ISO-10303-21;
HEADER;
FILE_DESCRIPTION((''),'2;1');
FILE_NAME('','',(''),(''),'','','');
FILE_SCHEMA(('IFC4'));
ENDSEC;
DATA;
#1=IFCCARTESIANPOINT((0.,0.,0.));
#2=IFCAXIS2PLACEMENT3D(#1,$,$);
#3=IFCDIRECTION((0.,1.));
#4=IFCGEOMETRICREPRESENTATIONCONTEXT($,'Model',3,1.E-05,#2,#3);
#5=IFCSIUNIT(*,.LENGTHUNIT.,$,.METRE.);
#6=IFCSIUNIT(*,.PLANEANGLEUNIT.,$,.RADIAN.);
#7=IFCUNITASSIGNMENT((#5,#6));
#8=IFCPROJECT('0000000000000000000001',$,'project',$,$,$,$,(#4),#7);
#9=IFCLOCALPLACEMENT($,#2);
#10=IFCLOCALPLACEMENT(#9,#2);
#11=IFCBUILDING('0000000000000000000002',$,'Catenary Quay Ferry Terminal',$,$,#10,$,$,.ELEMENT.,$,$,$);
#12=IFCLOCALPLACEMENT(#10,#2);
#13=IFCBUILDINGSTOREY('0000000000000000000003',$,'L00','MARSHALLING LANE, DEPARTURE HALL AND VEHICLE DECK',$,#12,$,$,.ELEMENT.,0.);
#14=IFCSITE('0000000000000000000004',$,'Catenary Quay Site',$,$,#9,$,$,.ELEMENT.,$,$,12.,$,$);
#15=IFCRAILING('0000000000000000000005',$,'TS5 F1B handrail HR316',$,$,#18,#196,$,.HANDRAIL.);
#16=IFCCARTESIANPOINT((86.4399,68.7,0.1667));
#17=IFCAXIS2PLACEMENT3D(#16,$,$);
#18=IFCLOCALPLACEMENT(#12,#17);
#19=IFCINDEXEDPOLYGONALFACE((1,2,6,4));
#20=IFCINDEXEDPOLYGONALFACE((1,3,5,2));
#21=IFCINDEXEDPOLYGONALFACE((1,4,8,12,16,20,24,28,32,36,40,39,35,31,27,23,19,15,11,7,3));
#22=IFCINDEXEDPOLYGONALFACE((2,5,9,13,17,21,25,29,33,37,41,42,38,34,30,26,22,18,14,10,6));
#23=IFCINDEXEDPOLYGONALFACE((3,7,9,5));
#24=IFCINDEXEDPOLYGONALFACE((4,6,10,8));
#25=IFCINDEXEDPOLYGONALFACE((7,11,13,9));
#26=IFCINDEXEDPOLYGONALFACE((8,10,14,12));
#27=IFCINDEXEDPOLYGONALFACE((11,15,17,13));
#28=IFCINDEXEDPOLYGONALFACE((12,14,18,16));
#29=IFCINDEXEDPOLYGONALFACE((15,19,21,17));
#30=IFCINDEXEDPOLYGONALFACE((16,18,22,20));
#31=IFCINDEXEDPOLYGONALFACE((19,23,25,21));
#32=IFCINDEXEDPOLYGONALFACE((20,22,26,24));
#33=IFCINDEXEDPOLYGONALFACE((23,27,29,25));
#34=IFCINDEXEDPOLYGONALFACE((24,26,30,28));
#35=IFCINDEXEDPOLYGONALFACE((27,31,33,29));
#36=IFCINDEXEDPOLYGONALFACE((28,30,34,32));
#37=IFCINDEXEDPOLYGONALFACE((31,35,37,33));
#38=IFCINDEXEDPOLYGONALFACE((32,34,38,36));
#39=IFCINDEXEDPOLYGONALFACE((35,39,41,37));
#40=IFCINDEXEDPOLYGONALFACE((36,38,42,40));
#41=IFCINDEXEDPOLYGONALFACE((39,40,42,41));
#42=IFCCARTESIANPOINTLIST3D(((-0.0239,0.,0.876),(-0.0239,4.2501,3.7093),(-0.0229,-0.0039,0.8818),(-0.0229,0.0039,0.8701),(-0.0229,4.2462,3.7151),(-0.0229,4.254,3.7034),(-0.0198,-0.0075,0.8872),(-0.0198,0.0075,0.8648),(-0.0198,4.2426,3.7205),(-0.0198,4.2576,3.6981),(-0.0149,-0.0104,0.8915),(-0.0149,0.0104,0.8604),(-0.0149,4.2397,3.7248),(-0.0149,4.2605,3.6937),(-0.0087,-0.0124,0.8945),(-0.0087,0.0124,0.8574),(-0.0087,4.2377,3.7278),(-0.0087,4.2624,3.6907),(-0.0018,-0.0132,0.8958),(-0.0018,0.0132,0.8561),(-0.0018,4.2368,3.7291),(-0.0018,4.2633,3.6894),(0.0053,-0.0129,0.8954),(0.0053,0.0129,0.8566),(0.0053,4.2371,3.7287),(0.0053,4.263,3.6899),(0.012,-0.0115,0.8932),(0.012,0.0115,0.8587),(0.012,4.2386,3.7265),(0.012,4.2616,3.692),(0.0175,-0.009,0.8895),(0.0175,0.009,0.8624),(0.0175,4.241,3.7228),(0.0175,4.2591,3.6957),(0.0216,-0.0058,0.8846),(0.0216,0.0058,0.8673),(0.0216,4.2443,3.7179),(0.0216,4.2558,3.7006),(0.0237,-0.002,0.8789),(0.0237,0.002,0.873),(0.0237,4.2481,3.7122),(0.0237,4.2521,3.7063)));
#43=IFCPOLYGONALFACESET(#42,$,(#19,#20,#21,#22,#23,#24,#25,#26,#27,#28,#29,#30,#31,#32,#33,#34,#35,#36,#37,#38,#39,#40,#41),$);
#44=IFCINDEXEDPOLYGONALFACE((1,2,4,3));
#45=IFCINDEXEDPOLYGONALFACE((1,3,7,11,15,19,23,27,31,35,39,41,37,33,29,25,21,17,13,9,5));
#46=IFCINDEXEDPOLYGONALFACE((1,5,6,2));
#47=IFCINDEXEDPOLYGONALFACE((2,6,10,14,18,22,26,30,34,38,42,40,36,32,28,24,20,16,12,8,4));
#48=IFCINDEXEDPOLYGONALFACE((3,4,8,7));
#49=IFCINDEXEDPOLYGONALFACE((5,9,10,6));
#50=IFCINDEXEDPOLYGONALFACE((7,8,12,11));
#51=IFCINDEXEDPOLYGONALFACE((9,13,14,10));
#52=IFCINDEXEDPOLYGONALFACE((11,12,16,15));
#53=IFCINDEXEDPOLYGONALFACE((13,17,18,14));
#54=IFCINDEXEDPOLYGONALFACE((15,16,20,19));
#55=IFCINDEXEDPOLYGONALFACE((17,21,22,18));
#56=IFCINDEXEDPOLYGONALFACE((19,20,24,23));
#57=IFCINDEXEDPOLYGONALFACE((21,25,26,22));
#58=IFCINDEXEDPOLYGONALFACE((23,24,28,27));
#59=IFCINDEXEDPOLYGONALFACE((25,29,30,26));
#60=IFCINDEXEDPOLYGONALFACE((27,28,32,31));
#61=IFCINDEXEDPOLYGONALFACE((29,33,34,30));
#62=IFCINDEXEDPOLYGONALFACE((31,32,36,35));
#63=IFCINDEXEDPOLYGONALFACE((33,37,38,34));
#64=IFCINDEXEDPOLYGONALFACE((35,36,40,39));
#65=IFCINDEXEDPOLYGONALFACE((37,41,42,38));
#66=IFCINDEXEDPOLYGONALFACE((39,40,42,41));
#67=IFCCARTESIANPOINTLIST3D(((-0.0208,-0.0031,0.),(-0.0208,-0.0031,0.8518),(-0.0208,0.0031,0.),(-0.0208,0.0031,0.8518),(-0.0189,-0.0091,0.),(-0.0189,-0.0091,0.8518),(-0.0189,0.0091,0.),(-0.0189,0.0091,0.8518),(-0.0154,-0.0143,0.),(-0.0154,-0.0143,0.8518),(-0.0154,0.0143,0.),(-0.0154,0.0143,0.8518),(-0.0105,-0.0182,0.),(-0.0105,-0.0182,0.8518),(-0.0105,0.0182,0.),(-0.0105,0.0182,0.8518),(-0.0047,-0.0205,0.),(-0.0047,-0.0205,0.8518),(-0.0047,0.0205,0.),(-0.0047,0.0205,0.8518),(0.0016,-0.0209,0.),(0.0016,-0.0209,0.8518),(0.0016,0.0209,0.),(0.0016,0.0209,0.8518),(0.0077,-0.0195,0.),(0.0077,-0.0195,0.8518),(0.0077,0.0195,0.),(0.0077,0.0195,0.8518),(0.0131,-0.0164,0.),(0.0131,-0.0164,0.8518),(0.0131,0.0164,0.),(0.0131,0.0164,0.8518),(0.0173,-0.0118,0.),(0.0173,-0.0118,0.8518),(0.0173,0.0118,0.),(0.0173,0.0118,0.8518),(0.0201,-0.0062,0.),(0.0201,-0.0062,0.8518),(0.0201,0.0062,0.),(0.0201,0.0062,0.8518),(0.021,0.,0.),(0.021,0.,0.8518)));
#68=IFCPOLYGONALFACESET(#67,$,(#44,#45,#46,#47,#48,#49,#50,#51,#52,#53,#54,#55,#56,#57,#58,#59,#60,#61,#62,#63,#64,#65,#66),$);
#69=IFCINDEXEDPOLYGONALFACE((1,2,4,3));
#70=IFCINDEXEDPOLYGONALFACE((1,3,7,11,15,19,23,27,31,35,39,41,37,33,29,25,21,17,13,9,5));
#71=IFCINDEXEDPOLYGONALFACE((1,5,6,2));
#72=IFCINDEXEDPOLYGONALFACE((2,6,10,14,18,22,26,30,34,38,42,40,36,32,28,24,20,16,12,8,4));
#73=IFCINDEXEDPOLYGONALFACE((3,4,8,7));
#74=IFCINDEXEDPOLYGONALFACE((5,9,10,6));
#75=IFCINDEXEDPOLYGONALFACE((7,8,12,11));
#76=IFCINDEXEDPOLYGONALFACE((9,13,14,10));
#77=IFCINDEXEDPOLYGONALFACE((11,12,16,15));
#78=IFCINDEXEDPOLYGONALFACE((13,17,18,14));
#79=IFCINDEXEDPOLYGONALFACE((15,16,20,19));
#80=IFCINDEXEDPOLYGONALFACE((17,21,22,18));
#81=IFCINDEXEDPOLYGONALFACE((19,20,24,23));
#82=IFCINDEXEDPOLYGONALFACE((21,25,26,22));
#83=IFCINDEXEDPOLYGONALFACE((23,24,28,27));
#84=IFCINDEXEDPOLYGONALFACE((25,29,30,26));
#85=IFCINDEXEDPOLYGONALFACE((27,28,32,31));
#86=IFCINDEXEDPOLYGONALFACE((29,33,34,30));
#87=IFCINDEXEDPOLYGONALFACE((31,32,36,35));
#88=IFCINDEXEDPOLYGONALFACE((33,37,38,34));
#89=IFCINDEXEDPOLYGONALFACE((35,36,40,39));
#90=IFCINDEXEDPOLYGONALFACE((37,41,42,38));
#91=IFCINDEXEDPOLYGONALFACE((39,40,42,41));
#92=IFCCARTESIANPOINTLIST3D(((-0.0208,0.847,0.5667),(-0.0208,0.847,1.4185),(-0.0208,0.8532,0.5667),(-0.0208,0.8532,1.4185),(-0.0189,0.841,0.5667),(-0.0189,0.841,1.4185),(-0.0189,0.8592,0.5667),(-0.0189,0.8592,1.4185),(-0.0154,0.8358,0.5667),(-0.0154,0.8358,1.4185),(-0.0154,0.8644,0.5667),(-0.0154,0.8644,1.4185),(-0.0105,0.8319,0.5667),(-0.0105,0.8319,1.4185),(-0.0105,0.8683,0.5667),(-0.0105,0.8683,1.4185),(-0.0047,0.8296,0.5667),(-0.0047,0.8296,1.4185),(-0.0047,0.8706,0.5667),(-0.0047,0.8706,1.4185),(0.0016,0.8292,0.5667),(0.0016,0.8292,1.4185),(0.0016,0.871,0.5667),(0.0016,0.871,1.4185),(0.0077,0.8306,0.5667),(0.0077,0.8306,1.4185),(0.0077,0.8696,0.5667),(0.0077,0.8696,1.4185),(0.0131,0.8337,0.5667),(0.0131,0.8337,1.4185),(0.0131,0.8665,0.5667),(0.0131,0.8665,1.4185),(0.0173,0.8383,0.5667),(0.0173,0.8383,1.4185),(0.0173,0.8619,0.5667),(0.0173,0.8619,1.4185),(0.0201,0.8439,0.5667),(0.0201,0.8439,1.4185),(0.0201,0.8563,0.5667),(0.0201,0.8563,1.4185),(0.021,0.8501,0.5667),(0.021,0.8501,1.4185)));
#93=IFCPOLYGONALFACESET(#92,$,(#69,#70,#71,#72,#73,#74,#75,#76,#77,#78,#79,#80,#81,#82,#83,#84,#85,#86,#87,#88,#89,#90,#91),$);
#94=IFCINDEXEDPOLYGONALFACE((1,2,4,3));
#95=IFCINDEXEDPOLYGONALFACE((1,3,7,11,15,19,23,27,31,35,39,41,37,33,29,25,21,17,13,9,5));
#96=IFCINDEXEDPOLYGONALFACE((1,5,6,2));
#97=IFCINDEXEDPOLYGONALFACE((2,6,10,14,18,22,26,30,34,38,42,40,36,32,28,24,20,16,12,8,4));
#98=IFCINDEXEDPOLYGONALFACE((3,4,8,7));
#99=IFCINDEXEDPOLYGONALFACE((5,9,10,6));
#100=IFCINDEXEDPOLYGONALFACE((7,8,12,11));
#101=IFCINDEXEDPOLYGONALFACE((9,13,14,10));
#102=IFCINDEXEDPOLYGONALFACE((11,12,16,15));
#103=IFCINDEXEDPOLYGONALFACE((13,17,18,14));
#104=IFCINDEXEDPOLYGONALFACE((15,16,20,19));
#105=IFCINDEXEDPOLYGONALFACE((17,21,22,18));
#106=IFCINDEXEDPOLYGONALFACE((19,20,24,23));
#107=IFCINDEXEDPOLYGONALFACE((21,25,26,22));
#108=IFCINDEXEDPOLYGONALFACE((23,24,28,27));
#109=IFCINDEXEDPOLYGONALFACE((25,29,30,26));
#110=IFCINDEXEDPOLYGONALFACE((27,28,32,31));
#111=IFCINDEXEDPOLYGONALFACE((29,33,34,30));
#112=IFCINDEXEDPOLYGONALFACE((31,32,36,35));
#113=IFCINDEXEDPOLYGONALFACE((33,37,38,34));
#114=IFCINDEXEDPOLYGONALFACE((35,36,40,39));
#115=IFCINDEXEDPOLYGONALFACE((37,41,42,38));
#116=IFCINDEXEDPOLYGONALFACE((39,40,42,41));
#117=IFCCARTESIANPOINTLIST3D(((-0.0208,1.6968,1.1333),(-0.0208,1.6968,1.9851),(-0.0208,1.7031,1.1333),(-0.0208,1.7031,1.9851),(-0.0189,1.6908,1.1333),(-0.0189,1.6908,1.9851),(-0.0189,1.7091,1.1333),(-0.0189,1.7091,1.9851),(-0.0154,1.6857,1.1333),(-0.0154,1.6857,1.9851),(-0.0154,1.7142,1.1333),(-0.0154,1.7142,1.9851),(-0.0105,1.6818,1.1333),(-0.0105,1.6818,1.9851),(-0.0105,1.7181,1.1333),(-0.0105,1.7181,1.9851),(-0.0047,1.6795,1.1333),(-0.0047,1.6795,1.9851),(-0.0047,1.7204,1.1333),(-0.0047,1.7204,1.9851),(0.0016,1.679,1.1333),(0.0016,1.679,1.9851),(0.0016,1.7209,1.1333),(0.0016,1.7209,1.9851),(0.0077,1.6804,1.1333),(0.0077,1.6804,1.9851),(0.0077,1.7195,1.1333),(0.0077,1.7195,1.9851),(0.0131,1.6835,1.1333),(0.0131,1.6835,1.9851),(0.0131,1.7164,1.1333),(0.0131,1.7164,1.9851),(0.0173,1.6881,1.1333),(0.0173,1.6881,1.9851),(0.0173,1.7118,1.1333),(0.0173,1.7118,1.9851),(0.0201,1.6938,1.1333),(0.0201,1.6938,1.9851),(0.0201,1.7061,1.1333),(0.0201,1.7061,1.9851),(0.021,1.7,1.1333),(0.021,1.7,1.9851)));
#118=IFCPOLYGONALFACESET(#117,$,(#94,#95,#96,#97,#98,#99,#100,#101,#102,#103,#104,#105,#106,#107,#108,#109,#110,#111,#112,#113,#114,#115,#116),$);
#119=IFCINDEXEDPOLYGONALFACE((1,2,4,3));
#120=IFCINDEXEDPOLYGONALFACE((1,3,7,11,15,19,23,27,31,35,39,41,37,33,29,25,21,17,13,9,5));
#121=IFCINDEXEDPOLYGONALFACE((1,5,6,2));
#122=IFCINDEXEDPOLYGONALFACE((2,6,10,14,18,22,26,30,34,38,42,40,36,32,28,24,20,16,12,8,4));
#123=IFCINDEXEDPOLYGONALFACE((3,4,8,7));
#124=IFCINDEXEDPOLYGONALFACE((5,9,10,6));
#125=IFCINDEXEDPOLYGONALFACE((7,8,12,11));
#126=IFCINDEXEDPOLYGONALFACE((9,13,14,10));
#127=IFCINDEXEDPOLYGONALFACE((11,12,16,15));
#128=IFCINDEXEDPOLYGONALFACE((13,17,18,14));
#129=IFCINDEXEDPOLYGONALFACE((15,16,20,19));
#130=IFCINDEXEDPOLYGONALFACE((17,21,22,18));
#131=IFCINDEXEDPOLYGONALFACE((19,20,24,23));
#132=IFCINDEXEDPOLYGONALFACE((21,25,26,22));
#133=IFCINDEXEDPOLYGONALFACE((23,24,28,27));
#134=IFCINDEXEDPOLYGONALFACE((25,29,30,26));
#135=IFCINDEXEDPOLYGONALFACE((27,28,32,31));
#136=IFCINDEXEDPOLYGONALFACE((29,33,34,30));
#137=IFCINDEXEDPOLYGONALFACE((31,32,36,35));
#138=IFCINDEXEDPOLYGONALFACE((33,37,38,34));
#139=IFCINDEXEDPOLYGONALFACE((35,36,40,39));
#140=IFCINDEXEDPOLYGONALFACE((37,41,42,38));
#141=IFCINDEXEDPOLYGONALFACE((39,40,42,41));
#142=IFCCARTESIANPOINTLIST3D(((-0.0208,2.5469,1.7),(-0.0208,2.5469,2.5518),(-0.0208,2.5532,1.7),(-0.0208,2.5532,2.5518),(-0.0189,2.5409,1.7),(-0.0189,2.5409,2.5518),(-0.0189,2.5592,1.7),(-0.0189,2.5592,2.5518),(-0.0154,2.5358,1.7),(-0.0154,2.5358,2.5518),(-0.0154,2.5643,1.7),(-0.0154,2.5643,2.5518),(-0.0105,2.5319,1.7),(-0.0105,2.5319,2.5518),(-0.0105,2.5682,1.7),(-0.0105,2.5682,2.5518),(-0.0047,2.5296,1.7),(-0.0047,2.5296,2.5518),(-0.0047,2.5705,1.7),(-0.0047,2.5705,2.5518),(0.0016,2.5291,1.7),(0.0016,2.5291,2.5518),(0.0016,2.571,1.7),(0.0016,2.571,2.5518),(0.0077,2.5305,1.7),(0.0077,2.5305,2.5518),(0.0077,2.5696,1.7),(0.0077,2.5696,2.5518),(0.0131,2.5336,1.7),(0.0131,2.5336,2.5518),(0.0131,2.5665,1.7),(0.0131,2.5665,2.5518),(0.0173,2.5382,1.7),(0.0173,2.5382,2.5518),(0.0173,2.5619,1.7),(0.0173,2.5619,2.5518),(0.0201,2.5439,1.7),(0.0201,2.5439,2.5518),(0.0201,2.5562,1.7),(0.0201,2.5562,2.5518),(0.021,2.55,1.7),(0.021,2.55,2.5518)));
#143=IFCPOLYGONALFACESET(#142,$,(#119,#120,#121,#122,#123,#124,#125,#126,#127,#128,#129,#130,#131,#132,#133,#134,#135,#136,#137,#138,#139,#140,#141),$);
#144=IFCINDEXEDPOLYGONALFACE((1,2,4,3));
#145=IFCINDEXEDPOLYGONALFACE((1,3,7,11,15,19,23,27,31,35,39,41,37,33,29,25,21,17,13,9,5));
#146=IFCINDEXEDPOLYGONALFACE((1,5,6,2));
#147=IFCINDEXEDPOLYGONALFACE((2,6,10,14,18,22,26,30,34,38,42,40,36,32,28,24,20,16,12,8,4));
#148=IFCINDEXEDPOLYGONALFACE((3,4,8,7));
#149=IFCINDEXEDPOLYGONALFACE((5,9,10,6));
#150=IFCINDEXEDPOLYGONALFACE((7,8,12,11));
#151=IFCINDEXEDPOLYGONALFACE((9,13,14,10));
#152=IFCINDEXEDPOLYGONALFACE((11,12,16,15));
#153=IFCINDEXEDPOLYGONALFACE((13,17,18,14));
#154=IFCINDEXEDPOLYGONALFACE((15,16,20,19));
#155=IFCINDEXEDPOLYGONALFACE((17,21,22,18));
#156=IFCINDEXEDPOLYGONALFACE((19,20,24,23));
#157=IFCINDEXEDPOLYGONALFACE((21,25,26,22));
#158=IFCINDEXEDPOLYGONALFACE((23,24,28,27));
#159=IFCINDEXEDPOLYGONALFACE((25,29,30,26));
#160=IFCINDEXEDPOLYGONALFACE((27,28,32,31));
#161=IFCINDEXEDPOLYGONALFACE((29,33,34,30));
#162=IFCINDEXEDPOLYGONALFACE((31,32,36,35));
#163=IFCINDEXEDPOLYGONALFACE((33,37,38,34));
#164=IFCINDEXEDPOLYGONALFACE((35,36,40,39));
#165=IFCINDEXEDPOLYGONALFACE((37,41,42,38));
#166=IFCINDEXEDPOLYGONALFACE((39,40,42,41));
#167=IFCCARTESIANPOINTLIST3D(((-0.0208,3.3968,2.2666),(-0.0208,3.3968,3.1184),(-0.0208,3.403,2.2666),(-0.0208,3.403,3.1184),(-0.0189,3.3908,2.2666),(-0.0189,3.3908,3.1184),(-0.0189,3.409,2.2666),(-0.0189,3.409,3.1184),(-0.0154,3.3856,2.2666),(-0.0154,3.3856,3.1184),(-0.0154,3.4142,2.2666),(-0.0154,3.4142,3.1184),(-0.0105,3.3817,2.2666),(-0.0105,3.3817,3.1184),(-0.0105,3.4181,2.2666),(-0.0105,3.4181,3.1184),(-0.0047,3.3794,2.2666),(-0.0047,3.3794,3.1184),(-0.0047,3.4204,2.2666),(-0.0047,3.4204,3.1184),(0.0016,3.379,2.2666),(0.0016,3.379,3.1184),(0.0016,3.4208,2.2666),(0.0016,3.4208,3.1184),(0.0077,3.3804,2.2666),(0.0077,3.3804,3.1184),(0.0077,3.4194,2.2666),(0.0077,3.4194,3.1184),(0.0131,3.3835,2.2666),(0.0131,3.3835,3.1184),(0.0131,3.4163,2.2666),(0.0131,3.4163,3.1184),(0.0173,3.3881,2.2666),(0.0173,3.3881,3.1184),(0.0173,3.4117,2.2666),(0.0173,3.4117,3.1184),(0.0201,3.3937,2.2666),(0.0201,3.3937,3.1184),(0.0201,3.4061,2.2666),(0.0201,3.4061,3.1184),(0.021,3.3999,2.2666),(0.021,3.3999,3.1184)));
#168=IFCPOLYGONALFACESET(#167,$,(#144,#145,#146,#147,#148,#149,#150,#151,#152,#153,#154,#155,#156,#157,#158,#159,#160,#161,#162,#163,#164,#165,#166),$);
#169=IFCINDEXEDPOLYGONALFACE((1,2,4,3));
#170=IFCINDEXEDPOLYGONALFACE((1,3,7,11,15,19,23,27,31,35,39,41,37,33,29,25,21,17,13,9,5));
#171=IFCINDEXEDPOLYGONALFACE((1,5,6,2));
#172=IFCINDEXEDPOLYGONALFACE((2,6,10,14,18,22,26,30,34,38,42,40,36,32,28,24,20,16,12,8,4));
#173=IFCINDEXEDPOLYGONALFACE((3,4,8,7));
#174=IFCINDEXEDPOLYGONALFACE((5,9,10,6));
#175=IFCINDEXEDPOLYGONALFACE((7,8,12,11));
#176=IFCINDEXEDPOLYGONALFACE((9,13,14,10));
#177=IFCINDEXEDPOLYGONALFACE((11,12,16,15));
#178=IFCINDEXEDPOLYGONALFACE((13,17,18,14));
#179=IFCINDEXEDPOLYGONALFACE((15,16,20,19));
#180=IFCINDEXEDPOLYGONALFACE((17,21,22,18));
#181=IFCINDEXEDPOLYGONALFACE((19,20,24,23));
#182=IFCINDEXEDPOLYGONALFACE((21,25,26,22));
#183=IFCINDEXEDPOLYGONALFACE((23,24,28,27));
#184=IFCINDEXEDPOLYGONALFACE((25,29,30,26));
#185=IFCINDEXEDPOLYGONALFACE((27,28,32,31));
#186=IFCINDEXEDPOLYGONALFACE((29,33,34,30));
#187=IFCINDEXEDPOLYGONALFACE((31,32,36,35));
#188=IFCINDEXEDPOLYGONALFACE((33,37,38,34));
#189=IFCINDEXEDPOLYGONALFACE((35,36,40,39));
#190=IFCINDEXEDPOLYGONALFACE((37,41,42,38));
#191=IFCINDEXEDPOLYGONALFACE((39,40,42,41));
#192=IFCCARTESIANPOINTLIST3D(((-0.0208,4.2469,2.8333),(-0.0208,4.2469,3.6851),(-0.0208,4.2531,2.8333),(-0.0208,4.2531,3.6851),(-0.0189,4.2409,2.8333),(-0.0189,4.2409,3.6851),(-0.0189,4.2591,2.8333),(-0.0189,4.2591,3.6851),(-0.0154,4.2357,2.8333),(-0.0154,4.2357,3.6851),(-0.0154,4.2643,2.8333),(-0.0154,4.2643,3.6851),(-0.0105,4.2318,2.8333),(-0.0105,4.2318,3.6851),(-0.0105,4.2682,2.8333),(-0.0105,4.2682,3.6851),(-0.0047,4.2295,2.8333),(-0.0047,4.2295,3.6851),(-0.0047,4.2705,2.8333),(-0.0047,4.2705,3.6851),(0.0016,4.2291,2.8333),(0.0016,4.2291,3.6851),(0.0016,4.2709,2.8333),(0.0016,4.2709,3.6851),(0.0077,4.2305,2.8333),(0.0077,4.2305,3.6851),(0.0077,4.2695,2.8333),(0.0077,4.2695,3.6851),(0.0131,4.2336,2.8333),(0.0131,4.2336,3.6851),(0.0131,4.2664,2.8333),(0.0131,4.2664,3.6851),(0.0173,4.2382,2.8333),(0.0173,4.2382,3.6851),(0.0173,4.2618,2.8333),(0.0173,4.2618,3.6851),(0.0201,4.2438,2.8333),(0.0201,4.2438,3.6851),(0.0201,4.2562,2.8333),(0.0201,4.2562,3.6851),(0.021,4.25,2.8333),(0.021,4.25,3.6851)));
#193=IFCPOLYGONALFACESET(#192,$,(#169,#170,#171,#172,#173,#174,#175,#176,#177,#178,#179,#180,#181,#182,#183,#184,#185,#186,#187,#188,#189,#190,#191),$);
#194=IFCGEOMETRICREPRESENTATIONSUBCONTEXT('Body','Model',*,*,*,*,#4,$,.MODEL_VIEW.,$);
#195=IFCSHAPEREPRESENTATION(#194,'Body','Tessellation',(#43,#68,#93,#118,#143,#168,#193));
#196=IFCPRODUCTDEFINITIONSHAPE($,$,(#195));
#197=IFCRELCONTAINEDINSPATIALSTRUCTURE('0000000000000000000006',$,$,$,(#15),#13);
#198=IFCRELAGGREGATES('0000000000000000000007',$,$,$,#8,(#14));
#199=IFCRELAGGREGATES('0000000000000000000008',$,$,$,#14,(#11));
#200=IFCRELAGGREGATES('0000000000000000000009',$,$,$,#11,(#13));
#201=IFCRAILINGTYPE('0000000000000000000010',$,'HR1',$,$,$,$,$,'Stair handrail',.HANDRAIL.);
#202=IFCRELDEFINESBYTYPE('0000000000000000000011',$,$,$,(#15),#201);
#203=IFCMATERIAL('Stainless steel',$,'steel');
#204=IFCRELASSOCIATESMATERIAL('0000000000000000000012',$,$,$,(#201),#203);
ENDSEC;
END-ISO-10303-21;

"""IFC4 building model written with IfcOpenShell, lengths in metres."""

from ifc_helpers import new_model, si_unit, direction, frame, origin, origin_2d, place, context, subcontext, project, spatial, circle, extrude, material, type_object, element, save


model = new_model("IFC4")

# Units and contexts
model_context = context("Model", 3, precision=1e-05, world=origin(), true_north=direction((0.0, 1.0)))
body_context = subcontext(model_context, "Body", "Model", "MODEL_VIEW")
ifc_project = project(units=[si_unit("LENGTHUNIT", "METRE"), si_unit("PLANEANGLEUNIT", "RADIAN")], contexts=[model_context])

# Site, building, storey
site_placement = place(None, origin())
site = spatial("IfcSite", under=ifc_project, at=site_placement, Name="Catenary Quay Site", CompositionType="ELEMENT", RefElevation=12.0)
building_placement = place(site_placement, origin())
building = spatial("IfcBuilding", under=site, at=building_placement, Name="Catenary Quay Ferry Terminal", CompositionType="ELEMENT")
storey_placement = place(building_placement, origin())
storey = spatial("IfcBuildingStorey", under=building, at=storey_placement, Name="L00", Description="MARSHALLING LANE, DEPARTURE HALL AND VEHICLE DECK", CompositionType="ELEMENT", Elevation=0.0)

# Railing
ifc_material_1 = material(Name="Stainless steel", Category="steel")
railing_type_1 = type_object("IfcRailingType", Name="HR1", ElementType="Stair handrail", PredefinedType="HANDRAIL", material=ifc_material_1)
railing_1_placement = place(storey_placement, frame((86.4399, 68.7, 0.1667)))
element("IfcRailing", 1, at=railing_1_placement, inside=storey, type_object=railing_type_1, Name="TS5 F1B handrail HR316", PredefinedType="HANDRAIL", context=body_context, shape_type="SweptSolid", body=[
    extrude(circle(Radius=0.0239, at=origin_2d()), frame((0.0, 0.0, 0.876), z_axis=(0.0, 0.832058, 0.554689), x_axis=(-1.0, 0.0, 0.0)), (0.0, 0.0, 1.0), 5.1079),
    extrude(circle(Radius=0.021, at=origin_2d()), origin(), (0.0, 0.0, 1.0), 0.8518),
    extrude(circle(Radius=0.021, at=origin_2d()), frame((0.0, 0.8501, 0.5667)), (0.0, 0.0, 1.0), 0.8518),
    extrude(circle(Radius=0.021, at=origin_2d()), frame((0.0, 1.7, 1.1333)), (0.0, 0.0, 1.0), 0.8518),
    extrude(circle(Radius=0.021, at=origin_2d()), frame((0.0, 2.55, 1.7)), (0.0, 0.0, 1.0), 0.8518),
    extrude(circle(Radius=0.021, at=origin_2d()), frame((0.0, 3.3999, 2.2666)), (0.0, 0.0, 1.0), 0.8518),
    extrude(circle(Radius=0.021, at=origin_2d()), frame((0.0, 4.25, 2.8333)), (0.0, 0.0, 1.0), 0.8518),
])

save(model, "model.ifc")
